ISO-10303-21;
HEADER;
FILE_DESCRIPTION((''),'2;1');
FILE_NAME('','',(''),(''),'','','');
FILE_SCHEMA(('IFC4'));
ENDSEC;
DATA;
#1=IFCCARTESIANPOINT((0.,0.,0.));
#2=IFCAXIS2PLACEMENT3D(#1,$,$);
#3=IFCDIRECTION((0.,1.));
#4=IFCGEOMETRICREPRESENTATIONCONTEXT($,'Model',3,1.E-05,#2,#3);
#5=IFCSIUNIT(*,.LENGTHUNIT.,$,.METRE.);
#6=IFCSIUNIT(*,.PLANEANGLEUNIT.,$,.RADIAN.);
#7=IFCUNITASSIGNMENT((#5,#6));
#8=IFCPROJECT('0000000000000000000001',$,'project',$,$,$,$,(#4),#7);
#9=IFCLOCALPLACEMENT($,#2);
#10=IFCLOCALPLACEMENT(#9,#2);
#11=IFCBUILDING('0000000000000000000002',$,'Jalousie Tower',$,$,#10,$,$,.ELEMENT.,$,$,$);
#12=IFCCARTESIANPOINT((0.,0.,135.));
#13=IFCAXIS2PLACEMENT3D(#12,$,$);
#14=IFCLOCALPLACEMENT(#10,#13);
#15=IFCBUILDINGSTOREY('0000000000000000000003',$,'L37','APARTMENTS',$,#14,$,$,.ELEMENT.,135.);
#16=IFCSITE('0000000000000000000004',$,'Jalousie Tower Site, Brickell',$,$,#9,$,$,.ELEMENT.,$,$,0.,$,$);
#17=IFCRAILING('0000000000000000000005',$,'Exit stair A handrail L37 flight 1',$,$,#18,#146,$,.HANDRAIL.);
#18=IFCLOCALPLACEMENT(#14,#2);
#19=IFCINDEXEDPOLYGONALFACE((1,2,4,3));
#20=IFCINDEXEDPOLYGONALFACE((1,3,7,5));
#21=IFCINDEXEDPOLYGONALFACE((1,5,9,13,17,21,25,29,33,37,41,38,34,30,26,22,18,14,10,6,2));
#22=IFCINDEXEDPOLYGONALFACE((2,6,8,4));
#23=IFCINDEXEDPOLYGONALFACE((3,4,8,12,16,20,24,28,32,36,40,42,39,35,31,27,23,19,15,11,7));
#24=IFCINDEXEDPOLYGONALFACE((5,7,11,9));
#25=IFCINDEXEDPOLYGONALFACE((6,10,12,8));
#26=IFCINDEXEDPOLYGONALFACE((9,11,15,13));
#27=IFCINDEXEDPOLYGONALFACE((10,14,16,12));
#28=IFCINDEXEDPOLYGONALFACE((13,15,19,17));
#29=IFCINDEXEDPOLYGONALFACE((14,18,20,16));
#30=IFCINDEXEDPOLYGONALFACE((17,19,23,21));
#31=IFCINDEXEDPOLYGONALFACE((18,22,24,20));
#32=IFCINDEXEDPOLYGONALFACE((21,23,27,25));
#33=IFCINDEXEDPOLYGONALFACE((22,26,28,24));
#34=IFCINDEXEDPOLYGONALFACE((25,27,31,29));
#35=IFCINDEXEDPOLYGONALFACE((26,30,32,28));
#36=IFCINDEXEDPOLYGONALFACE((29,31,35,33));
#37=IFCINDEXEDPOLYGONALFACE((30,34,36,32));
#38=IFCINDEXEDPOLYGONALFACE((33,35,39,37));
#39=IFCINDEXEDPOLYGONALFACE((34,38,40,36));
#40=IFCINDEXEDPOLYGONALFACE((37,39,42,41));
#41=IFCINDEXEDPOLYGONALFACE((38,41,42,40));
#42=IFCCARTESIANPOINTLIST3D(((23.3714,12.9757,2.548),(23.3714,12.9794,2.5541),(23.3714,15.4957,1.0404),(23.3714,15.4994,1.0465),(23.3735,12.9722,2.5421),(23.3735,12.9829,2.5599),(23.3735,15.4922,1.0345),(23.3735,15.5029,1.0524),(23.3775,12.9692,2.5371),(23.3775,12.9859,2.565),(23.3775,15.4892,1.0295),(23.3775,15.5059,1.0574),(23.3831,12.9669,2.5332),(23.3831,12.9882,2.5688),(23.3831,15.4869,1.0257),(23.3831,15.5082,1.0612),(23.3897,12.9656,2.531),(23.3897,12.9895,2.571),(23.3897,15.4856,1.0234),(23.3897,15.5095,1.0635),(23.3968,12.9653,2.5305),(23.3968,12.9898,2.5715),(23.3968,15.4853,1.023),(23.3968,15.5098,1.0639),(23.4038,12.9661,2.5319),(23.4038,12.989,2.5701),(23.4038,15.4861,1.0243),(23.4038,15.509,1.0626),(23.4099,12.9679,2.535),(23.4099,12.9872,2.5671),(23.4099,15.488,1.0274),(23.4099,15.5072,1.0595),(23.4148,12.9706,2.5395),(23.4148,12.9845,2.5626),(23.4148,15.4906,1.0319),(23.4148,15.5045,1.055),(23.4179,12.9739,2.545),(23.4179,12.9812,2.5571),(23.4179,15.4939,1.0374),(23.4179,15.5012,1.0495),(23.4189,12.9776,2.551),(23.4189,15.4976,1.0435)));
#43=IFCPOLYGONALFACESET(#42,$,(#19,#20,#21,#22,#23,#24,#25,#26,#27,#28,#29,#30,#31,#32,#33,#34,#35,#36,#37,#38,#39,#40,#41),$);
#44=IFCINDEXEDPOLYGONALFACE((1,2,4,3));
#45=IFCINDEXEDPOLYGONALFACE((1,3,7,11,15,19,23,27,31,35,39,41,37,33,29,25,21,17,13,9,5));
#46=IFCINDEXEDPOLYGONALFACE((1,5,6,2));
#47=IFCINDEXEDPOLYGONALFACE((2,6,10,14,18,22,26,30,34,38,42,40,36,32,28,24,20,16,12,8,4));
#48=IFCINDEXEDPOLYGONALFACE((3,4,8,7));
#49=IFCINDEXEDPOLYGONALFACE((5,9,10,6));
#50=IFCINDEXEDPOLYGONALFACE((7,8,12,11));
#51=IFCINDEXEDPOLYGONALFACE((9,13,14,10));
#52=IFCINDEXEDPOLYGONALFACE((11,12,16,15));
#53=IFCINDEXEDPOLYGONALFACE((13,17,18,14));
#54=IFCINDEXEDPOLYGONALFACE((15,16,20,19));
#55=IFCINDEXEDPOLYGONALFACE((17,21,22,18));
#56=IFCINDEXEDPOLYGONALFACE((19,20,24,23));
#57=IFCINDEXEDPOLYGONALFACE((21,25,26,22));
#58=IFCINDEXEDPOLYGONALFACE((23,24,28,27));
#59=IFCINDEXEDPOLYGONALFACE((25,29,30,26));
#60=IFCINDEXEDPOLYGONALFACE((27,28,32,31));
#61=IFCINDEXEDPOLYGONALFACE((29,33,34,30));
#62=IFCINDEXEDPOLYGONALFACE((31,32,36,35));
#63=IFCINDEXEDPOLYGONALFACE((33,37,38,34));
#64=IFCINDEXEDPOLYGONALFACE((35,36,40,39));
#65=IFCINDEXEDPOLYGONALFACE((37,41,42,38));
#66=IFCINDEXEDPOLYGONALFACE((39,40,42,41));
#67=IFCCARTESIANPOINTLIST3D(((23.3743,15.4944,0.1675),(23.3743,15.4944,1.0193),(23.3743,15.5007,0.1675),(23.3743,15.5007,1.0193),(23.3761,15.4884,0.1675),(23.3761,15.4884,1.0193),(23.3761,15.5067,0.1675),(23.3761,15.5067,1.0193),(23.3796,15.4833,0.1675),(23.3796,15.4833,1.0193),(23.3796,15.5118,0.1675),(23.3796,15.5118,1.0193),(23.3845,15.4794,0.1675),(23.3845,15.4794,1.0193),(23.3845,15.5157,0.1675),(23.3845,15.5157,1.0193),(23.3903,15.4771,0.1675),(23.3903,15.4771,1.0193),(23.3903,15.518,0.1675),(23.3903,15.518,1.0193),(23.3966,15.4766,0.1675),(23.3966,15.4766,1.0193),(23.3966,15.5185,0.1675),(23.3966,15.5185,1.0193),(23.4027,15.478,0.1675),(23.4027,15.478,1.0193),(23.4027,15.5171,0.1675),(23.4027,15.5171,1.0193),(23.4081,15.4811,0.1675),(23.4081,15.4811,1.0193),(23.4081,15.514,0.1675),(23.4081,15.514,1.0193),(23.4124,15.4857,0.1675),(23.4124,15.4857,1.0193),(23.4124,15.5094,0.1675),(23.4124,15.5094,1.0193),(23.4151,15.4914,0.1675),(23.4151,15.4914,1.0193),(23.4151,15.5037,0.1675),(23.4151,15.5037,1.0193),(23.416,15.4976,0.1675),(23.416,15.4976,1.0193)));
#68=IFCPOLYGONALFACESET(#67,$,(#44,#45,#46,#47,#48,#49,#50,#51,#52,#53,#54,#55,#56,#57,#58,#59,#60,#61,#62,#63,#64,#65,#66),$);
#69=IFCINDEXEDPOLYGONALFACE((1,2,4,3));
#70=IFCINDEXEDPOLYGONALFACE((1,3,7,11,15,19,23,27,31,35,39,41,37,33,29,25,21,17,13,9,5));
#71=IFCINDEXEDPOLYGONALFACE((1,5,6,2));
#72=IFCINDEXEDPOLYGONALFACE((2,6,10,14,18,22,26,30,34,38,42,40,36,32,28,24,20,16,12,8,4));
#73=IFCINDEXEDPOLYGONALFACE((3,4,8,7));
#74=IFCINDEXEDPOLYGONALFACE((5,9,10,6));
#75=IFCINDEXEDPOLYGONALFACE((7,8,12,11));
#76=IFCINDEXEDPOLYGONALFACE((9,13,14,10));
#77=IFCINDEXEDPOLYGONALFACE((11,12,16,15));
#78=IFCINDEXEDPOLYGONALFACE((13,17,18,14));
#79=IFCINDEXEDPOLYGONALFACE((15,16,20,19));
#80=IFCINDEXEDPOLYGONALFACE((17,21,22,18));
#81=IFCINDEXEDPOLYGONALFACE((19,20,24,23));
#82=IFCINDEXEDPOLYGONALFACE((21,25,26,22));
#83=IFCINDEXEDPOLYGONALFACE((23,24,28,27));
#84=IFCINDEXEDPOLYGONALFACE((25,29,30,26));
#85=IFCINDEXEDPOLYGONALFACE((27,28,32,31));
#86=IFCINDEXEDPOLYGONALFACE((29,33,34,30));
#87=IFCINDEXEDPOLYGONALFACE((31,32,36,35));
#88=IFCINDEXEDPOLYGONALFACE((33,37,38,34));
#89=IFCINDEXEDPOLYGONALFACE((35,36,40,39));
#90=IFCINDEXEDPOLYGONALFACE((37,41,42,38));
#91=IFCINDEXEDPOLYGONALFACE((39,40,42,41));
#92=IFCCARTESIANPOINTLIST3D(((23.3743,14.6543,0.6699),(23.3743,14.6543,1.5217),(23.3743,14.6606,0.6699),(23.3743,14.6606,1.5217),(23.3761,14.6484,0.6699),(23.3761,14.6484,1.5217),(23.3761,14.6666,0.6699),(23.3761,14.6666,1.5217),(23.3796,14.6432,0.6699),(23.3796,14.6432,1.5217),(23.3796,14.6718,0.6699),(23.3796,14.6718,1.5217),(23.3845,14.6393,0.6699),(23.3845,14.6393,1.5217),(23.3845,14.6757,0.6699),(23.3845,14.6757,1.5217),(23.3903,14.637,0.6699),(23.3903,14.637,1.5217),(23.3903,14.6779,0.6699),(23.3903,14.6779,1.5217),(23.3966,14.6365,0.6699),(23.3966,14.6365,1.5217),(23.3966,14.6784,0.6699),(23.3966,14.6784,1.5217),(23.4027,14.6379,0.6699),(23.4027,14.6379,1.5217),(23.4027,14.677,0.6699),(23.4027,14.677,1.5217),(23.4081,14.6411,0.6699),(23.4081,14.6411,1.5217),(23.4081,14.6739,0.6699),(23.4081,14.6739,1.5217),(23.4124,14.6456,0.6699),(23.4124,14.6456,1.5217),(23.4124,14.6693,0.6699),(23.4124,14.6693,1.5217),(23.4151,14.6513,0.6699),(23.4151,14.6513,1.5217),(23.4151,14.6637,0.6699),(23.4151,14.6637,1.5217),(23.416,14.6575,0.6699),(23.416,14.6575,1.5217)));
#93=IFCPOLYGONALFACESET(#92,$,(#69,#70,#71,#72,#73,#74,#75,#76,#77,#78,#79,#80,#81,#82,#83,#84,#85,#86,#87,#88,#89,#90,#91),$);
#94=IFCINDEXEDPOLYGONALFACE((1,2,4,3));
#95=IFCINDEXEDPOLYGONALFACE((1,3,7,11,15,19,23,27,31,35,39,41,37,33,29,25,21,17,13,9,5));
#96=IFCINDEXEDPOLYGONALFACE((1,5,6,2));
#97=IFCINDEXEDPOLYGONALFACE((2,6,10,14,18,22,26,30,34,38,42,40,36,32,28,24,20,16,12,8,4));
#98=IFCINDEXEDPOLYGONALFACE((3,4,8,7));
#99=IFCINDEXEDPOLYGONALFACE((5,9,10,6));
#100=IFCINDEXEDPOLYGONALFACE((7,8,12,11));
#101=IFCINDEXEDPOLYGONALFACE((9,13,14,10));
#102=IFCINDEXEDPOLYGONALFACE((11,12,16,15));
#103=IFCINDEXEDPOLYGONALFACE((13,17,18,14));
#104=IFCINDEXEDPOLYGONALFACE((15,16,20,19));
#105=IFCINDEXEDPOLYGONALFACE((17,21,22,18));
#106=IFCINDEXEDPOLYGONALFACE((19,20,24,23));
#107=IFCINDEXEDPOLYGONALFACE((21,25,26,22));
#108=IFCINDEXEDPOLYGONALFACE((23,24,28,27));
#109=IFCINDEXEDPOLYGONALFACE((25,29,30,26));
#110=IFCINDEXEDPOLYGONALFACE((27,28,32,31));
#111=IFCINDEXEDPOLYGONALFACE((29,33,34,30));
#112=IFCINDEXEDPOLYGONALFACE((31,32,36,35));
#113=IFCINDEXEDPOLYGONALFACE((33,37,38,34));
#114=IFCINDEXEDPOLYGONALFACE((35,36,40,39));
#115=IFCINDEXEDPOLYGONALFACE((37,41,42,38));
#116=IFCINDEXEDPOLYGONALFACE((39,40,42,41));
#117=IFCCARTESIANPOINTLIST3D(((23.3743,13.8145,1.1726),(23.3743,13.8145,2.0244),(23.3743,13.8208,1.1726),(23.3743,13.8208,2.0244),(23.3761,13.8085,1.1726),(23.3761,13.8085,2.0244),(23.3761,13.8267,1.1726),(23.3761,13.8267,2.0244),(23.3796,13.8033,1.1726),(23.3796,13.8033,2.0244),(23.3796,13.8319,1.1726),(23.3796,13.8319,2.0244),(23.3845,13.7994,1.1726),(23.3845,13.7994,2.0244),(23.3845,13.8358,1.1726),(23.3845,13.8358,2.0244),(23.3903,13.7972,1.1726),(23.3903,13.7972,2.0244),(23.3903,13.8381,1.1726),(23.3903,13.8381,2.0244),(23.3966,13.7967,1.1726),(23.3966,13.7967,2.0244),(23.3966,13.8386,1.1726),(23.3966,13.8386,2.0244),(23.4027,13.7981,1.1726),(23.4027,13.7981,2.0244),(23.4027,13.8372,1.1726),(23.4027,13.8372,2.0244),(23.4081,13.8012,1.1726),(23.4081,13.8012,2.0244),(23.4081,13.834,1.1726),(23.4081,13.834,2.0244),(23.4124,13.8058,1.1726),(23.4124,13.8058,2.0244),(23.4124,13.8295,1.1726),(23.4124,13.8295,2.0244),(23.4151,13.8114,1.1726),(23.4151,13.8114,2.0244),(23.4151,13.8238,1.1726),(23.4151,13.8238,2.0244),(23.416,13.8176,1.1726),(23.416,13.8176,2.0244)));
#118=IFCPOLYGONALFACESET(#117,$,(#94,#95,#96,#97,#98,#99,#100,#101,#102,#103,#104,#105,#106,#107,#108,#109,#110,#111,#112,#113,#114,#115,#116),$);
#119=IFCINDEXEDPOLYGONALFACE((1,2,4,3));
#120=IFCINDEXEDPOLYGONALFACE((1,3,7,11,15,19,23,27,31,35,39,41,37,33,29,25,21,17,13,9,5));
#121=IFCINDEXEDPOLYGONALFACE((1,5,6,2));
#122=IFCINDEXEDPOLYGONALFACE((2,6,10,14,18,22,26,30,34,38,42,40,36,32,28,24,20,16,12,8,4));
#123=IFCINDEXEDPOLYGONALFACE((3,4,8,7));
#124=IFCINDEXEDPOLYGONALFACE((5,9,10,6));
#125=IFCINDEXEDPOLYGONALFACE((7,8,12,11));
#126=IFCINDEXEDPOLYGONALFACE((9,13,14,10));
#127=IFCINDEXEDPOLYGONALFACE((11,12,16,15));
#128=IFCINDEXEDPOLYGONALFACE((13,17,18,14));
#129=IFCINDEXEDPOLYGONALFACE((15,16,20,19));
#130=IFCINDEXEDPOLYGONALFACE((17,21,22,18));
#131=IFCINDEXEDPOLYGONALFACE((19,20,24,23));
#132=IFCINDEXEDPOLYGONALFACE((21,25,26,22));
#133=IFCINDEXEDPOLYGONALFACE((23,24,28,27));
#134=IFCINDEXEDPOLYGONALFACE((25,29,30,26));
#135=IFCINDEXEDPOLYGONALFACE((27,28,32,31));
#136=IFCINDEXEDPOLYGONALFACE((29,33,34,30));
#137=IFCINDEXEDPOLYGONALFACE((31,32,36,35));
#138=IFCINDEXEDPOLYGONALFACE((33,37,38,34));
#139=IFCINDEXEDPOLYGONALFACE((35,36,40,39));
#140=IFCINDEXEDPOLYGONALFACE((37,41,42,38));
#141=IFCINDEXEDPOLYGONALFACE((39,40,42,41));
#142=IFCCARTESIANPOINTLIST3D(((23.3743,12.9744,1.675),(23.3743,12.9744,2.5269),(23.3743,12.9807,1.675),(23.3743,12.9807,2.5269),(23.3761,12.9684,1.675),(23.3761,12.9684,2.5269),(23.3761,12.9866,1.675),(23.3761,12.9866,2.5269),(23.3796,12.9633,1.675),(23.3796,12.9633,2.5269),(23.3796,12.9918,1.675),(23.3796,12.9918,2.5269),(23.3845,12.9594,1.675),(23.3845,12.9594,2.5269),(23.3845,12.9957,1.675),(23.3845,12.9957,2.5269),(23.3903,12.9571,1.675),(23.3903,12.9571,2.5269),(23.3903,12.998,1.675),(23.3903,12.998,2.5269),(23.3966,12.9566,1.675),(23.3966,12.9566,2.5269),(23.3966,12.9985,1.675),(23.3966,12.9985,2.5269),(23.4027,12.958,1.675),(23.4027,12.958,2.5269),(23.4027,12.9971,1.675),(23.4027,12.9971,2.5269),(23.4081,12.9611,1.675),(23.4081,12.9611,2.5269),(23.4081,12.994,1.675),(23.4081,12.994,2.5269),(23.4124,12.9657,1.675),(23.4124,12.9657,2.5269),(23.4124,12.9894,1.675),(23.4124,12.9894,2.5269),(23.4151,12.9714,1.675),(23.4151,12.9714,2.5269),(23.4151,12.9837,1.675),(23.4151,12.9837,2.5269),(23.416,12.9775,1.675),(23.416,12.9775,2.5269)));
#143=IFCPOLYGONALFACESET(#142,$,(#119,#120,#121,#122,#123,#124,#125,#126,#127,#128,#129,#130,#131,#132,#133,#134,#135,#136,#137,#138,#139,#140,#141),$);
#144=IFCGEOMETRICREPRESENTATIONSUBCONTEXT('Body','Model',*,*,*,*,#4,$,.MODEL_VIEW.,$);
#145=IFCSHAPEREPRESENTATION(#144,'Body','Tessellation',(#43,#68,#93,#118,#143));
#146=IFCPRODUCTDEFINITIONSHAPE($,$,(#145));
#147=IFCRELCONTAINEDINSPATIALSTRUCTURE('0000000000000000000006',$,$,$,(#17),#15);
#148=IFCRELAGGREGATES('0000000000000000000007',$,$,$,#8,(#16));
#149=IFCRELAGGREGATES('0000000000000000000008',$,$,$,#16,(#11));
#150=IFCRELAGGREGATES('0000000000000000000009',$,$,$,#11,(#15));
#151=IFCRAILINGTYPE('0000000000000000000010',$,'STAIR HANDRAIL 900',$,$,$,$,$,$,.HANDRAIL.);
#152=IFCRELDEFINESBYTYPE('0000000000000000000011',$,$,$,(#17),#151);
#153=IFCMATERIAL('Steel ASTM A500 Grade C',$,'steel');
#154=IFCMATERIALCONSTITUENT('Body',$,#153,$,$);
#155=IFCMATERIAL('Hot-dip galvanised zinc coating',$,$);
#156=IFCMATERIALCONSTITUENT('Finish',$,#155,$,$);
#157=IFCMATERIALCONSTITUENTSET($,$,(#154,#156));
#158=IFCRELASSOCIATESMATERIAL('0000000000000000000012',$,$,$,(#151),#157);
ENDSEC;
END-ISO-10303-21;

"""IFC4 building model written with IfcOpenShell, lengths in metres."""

from ifc_helpers import new_model, si_unit, direction, frame, origin, origin_2d, place, context, subcontext, project, spatial, circle, extrude, material, constituent, constituent_set, type_object, element, save


model = new_model("IFC4")

# Units and contexts
model_context = context("Model", 3, precision=1e-05, world=origin(), true_north=direction((0.0, 1.0)))
body_context = subcontext(model_context, "Body", "Model", "MODEL_VIEW")
ifc_project = project(units=[si_unit("LENGTHUNIT", "METRE"), si_unit("PLANEANGLEUNIT", "RADIAN")], contexts=[model_context])

# Site, building, storey
site_placement = place(None, origin())
site = spatial("IfcSite", under=ifc_project, at=site_placement, Name="Jalousie Tower Site, Brickell", CompositionType="ELEMENT", RefElevation=0.0)
building_placement = place(site_placement, origin())
building = spatial("IfcBuilding", under=site, at=building_placement, Name="Jalousie Tower", CompositionType="ELEMENT")
storey_placement = place(building_placement, frame((0.0, 0.0, 135.0)))
storey = spatial("IfcBuildingStorey", under=building, at=storey_placement, Name="L37", Description="APARTMENTS", CompositionType="ELEMENT", Elevation=135.0)

# Railing
ifc_material_1 = material(Name="Steel ASTM A500 Grade C", Category="steel")
ifc_constituent_1 = constituent(ifc_material_1, Name="Body")
ifc_material_2 = material(Name="Hot-dip galvanised zinc coating")
ifc_constituent_2 = constituent(ifc_material_2, Name="Finish")
ifc_constituent_set_1 = constituent_set(constituents=[ifc_constituent_1, ifc_constituent_2])
railing_type_1 = type_object("IfcRailingType", Name="STAIR HANDRAIL 900", PredefinedType="HANDRAIL", material=ifc_constituent_set_1)
railing_1_placement = place(storey_placement, frame((23.395, 15.4976, 0.1675)))
element("IfcRailing", 1, at=railing_1_placement, inside=storey, type_object=railing_type_1, Name="Exit stair A handrail L37 flight 1", PredefinedType="HANDRAIL", context=body_context, shape_type="SweptSolid", body=[
    extrude(circle(Radius=0.0239, at=origin_2d()), frame((0.0, 0.0, 0.876), z_axis=(0.0, -0.85816, 0.513383), x_axis=(1.0, 0.0, 0.0)), (0.0, 0.0, 1.0), 2.9365),
    extrude(circle(Radius=0.021, at=origin_2d()), origin(), (0.0, 0.0, 1.0), 0.8518),
    extrude(circle(Radius=0.021, at=origin_2d()), frame((0.0, -0.8401, 0.5024)), (0.0, 0.0, 1.0), 0.8518),
    extrude(circle(Radius=0.021, at=origin_2d()), frame((0.0, -1.6799, 1.0051)), (0.0, 0.0, 1.0), 0.8518),
    extrude(circle(Radius=0.021, at=origin_2d()), frame((0.0, -2.52, 1.5076)), (0.0, 0.0, 1.0), 0.8518),
])

save(model, "model.ifc")
